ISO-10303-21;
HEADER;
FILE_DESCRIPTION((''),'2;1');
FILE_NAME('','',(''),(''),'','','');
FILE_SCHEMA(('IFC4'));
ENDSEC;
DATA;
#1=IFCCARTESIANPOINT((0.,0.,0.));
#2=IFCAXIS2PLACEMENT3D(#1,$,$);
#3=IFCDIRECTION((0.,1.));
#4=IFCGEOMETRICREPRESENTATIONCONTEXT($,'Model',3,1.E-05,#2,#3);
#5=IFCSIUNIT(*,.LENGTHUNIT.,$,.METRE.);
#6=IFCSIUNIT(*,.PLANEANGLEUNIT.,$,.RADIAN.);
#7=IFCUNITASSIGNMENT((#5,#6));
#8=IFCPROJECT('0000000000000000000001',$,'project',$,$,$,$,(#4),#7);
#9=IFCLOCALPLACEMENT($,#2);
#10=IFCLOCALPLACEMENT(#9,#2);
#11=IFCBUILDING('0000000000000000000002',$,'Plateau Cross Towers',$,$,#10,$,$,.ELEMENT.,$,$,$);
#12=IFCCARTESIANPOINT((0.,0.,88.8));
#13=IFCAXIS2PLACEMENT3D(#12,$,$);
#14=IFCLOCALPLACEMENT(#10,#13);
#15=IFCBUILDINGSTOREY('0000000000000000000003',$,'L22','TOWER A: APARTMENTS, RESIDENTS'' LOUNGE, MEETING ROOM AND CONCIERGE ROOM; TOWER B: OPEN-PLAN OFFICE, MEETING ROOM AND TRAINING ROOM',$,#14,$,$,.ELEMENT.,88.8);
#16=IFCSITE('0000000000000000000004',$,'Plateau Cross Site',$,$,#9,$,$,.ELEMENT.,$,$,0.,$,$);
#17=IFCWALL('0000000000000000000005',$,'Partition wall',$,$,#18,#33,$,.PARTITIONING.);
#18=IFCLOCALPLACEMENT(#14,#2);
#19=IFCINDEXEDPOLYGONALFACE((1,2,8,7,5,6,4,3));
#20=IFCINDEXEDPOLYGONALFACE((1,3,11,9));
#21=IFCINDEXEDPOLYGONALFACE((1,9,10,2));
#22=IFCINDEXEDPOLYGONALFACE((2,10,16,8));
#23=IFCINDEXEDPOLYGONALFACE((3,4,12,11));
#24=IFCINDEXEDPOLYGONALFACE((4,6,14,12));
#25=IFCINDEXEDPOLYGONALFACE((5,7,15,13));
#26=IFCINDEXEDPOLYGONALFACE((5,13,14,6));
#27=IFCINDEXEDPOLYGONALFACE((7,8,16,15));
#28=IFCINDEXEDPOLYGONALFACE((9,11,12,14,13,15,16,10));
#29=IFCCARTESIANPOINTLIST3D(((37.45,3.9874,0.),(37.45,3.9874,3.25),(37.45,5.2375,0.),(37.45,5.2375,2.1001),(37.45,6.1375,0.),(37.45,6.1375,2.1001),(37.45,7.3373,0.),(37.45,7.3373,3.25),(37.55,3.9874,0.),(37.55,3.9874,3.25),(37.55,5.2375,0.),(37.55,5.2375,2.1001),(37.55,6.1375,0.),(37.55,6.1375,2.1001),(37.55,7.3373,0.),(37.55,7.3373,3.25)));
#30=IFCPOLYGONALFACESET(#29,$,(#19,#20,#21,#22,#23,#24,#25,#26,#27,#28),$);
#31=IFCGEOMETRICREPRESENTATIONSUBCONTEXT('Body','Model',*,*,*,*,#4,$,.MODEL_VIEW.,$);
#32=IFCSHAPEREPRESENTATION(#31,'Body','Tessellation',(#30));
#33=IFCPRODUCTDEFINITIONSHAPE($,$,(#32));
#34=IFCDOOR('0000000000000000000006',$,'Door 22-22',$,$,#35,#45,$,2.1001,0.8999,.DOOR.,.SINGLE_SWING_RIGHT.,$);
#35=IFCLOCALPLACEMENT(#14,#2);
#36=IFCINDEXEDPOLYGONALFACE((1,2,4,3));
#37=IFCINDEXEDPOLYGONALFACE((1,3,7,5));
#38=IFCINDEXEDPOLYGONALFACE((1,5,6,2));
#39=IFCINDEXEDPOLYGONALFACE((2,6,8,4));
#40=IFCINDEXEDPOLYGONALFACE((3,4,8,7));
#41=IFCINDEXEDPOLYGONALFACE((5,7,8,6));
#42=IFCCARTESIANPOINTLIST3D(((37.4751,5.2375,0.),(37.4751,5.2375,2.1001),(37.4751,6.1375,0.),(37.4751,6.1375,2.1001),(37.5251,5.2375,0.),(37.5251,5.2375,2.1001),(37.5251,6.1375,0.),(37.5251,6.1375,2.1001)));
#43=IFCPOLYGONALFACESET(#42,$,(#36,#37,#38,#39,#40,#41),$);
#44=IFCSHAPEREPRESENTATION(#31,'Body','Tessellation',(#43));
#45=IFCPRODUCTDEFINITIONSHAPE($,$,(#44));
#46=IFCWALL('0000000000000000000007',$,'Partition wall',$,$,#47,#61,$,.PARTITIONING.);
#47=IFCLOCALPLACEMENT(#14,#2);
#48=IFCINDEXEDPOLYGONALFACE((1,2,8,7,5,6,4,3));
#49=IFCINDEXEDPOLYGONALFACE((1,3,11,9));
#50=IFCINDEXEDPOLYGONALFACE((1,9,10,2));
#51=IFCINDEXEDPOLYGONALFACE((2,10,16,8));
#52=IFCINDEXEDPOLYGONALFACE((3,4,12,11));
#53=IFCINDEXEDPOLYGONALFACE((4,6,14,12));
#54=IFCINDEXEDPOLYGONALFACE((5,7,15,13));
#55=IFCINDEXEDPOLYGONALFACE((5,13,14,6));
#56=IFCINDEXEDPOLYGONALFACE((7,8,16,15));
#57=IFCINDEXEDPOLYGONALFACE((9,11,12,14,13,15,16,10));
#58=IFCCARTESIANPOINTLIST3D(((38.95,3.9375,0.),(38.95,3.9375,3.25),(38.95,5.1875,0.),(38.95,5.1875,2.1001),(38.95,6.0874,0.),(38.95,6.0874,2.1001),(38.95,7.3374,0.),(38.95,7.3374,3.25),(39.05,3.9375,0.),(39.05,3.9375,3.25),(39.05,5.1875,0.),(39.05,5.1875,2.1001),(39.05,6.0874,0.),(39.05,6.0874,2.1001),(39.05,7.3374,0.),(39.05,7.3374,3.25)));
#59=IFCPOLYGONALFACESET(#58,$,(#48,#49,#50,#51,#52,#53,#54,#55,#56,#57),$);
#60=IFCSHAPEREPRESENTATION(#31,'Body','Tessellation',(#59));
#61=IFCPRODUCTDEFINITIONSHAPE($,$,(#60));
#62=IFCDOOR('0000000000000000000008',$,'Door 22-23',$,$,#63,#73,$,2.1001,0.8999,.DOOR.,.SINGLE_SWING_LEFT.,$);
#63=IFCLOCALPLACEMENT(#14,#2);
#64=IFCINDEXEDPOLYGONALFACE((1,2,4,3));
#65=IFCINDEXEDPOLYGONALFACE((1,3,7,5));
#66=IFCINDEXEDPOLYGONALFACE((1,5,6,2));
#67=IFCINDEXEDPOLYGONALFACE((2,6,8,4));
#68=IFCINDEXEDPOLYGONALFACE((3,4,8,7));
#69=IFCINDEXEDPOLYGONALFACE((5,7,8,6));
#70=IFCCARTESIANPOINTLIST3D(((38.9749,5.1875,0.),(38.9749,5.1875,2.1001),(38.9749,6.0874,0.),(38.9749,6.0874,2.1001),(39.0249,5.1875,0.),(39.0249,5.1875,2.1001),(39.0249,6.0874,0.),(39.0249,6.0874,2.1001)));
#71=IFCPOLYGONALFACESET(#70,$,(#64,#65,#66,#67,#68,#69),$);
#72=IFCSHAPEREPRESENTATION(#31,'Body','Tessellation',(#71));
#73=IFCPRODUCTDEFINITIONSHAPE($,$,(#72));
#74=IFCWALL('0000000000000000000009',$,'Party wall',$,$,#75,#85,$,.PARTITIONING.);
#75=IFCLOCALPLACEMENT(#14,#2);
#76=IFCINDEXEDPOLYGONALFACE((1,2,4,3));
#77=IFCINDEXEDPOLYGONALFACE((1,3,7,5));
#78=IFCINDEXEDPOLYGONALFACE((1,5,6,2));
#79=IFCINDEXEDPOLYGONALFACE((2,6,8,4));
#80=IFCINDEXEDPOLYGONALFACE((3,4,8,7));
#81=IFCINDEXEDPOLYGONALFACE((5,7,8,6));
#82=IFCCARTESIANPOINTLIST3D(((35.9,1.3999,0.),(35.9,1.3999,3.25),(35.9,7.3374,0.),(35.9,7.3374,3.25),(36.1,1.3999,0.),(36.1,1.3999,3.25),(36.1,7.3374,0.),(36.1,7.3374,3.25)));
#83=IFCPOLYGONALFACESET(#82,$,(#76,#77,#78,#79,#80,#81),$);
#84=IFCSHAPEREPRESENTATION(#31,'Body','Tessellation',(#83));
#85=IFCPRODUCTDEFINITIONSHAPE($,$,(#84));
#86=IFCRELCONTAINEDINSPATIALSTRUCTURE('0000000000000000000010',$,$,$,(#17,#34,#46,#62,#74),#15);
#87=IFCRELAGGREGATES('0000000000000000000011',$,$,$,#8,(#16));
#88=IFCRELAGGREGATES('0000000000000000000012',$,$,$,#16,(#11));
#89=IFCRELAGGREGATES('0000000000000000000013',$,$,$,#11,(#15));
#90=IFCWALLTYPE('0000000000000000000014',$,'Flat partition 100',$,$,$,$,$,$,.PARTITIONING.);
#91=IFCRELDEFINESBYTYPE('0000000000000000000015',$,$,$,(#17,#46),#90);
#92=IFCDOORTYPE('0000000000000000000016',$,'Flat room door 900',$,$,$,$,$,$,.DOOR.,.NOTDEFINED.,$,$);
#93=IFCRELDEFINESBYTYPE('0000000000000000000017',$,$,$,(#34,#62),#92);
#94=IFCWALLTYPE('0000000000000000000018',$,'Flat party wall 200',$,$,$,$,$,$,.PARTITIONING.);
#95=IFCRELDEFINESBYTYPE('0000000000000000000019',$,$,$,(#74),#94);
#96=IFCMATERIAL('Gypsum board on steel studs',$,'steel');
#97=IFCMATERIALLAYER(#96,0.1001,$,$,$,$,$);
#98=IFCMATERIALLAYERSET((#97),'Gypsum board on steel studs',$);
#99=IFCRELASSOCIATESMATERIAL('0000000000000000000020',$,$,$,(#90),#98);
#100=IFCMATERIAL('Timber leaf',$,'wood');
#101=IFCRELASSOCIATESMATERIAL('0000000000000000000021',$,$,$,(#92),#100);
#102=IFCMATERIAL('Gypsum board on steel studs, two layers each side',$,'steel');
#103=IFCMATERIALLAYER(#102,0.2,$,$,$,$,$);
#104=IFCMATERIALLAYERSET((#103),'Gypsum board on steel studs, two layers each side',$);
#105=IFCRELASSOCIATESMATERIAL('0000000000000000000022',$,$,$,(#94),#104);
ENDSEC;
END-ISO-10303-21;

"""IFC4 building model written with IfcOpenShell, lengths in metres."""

from ifc_helpers import new_model, si_unit, direction, frame, frame_2d, origin, place, context, subcontext, project, spatial, rectangle, extrude, material, layer, layer_set, type_object, element, fill, save


model = new_model("IFC4")

# Units and contexts
model_context = context("Model", 3, precision=1e-05, world=origin(), true_north=direction((0.0, 1.0)))
body_context = subcontext(model_context, "Body", "Model", "MODEL_VIEW")
ifc_project = project(units=[si_unit("LENGTHUNIT", "METRE"), si_unit("PLANEANGLEUNIT", "RADIAN")], contexts=[model_context])

# Site, building, storey
site_placement = place(None, origin())
site = spatial("IfcSite", under=ifc_project, at=site_placement, Name="Plateau Cross Site", CompositionType="ELEMENT", RefElevation=0.0)
building_placement = place(site_placement, origin())
building = spatial("IfcBuilding", under=site, at=building_placement, Name="Plateau Cross Towers", CompositionType="ELEMENT")
storey_placement = place(building_placement, frame((0.0, 0.0, 88.8)))
storey = spatial("IfcBuildingStorey", under=building, at=storey_placement, Name="L22", Description="TOWER A: APARTMENTS, RESIDENTS' LOUNGE, MEETING ROOM AND CONCIERGE ROOM; TOWER B: OPEN-PLAN OFFICE, MEETING ROOM AND TRAINING ROOM", CompositionType="ELEMENT", Elevation=88.8)

# Shared definitions
ifc_material_1 = material(Name="Gypsum board on steel studs", Category="steel")
ifc_layer_1 = layer(ifc_material_1, 0.1001)
ifc_layer_set_1 = layer_set([ifc_layer_1], Name="Gypsum board on steel studs")
wall_type_1 = type_object("IfcWallType", Name="Flat partition 100", PredefinedType="PARTITIONING", material=ifc_layer_set_1)

# Shared definitions
ifc_material_2 = material(Name="Timber leaf", Category="wood")
door_type = type_object("IfcDoorType", Name="Flat room door 900", OperationType="NOTDEFINED", PredefinedType="DOOR", material=ifc_material_2)

# Walls, openings, doors
wall_1_placement = place(storey_placement, frame((37.5, 3.9875, 0.0), z_axis=(0.0, 0.0, 1.0), x_axis=(0.0, 1.0, 0.0)))
wall_1 = element("IfcWall", 1, at=wall_1_placement, inside=storey, type_object=wall_type_1, Name="Partition wall", PredefinedType="PARTITIONING", context=body_context, shape_type="SweptSolid", body=[
    extrude(rectangle(XDim=3.3499, YDim=0.1001, at=frame_2d((1.6748, 0.0))), origin(), (0.0, 0.0, 1.0), 3.25),
])
opening_1_placement = place(wall_1_placement, frame((1.25, 0.0, 0.0)))
opening_1 = element("IfcOpeningElement", 2, at=opening_1_placement, cuts=wall_1, PredefinedType="OPENING", context=body_context, shape_type="SweptSolid", body=[
    extrude(rectangle(XDim=0.8999, YDim=2.1001, at=frame_2d((0.45, 1.05))), frame((0.0, 0.0601, 0.0), z_axis=(0.0, -1.0, 0.0), x_axis=(1.0, 0.0, 0.0)), (0.0, 0.0, 1.0), 0.1201),
])
door_1_placement = place(opening_1_placement, origin())
door_1 = element("IfcDoor", 3, at=door_1_placement, inside=storey, type_object=door_type, Name="Door 22-22", OperationType="SINGLE_SWING_RIGHT", OverallHeight=2.1001, OverallWidth=0.8999, PredefinedType="DOOR", context=body_context, shape_type="SweptSolid", body=[
    extrude(rectangle(XDim=0.8999, YDim=2.1001, at=frame_2d((0.45, 1.05))), frame((0.0, 0.0249, 0.0), z_axis=(0.0, -1.0, 0.0), x_axis=(1.0, 0.0, 0.0)), (0.0, 0.0, 1.0), 0.05),
])
fill(opening_1, door_1)
wall_2_placement = place(storey_placement, frame((39.0, 7.3374, 0.0), z_axis=(0.0, 0.0, 1.0), x_axis=(0.0, -1.0, 0.0)))
wall_2 = element("IfcWall", 4, at=wall_2_placement, inside=storey, type_object=wall_type_1, Name="Partition wall", PredefinedType="PARTITIONING", context=body_context, shape_type="SweptSolid", body=[
    extrude(rectangle(XDim=3.3999, YDim=0.1001, at=frame_2d((1.7, 0.0))), origin(), (0.0, 0.0, 1.0), 3.25),
])
opening_2_placement = place(wall_2_placement, frame((1.25, 0.0, 0.0)))
opening_2 = element("IfcOpeningElement", 5, at=opening_2_placement, cuts=wall_2, PredefinedType="OPENING", context=body_context, shape_type="SweptSolid", body=[
    extrude(rectangle(XDim=0.8999, YDim=2.1001, at=frame_2d((0.45, 1.05))), frame((0.0, 0.0601, 0.0), z_axis=(0.0, -1.0, 0.0), x_axis=(1.0, 0.0, 0.0)), (0.0, 0.0, 1.0), 0.1201),
])
door_2_placement = place(opening_2_placement, origin())
door_2 = element("IfcDoor", 6, at=door_2_placement, inside=storey, type_object=door_type, Name="Door 22-23", OperationType="SINGLE_SWING_LEFT", OverallHeight=2.1001, OverallWidth=0.8999, PredefinedType="DOOR", context=body_context, shape_type="SweptSolid", body=[
    extrude(rectangle(XDim=0.8999, YDim=2.1001, at=frame_2d((0.45, 1.05))), frame((0.0, 0.0249, 0.0), z_axis=(0.0, -1.0, 0.0), x_axis=(1.0, 0.0, 0.0)), (0.0, 0.0, 1.0), 0.05),
])
fill(opening_2, door_2)

# Wall
ifc_material_3 = material(Name="Gypsum board on steel studs, two layers each side", Category="steel")
ifc_layer_2 = layer(ifc_material_3, 0.2)
ifc_layer_set_2 = layer_set([ifc_layer_2], Name="Gypsum board on steel studs, two layers each side")
wall_type_2 = type_object("IfcWallType", Name="Flat party wall 200", PredefinedType="PARTITIONING", material=ifc_layer_set_2)
wall_3_placement = place(storey_placement, frame((36.0, 1.3999, 0.0), z_axis=(0.0, 0.0, 1.0), x_axis=(0.0, 1.0, 0.0)))
element("IfcWall", 7, at=wall_3_placement, inside=storey, type_object=wall_type_2, Name="Party wall", PredefinedType="PARTITIONING", context=body_context, shape_type="SweptSolid", body=[
    extrude(rectangle(XDim=5.9375, YDim=0.2, at=frame_2d((2.9688, 0.0))), origin(), (0.0, 0.0, 1.0), 3.25),
])

save(model, "model.ifc")
